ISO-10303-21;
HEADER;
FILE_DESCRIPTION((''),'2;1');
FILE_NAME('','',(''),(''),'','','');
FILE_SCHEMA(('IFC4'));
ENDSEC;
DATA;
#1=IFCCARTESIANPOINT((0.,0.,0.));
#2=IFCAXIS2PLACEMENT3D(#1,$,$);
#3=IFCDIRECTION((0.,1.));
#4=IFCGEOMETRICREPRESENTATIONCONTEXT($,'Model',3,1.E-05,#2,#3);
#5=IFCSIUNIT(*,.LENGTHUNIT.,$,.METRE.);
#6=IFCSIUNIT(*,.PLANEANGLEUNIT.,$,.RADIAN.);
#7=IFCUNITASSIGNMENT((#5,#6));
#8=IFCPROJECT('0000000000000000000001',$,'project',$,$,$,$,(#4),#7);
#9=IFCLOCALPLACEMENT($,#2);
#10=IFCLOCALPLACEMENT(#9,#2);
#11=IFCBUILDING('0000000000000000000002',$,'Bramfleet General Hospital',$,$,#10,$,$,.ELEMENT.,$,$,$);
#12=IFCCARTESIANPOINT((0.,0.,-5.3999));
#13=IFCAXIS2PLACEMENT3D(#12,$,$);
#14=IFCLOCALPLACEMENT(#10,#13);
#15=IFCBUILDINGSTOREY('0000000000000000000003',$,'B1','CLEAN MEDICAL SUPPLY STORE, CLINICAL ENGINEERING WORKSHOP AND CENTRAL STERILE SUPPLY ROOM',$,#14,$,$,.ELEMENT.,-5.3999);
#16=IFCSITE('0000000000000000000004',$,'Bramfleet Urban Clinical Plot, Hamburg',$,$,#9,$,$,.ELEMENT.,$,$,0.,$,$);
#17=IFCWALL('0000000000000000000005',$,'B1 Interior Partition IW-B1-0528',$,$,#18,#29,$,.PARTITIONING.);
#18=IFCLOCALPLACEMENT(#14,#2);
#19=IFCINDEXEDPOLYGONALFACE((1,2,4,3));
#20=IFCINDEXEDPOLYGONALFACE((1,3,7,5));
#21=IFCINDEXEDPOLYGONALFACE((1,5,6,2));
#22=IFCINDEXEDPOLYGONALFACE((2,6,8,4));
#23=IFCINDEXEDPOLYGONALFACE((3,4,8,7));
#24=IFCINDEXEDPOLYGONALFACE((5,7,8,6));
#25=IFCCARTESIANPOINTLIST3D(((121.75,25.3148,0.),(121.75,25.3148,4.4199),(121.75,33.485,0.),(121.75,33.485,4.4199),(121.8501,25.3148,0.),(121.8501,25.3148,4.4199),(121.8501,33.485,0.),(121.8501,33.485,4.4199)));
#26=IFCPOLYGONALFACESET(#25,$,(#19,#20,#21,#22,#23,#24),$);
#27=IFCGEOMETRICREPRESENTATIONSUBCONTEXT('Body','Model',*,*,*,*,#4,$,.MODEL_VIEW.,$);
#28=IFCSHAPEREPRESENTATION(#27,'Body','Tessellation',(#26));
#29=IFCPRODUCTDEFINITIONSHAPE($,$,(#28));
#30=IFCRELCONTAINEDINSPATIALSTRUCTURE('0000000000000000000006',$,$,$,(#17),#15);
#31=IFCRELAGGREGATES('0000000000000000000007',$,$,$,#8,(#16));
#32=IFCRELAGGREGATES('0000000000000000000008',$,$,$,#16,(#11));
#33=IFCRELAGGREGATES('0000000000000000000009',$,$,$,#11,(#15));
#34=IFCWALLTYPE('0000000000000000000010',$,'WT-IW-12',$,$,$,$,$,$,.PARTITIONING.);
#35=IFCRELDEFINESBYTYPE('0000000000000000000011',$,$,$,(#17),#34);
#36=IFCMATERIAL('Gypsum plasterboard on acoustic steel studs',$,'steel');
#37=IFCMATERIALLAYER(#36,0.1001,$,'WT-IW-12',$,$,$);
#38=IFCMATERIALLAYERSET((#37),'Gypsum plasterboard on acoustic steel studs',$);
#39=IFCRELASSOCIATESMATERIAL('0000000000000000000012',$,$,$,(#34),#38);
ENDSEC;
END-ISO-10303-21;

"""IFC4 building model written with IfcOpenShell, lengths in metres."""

from ifc_helpers import new_model, si_unit, direction, frame, frame_2d, origin, place, context, subcontext, project, spatial, rectangle, extrude, material, layer, layer_set, type_object, element, save


model = new_model("IFC4")

# Units and contexts
model_context = context("Model", 3, precision=1e-05, world=origin(), true_north=direction((0.0, 1.0)))
body_context = subcontext(model_context, "Body", "Model", "MODEL_VIEW")
ifc_project = project(units=[si_unit("LENGTHUNIT", "METRE"), si_unit("PLANEANGLEUNIT", "RADIAN")], contexts=[model_context])

# Site, building, storey
site_placement = place(None, origin())
site = spatial("IfcSite", under=ifc_project, at=site_placement, Name="Bramfleet Urban Clinical Plot, Hamburg", CompositionType="ELEMENT", RefElevation=0.0)
building_placement = place(site_placement, origin())
building = spatial("IfcBuilding", under=site, at=building_placement, Name="Bramfleet General Hospital", CompositionType="ELEMENT")
storey_placement = place(building_placement, frame((0.0, 0.0, -5.3999)))
storey = spatial("IfcBuildingStorey", under=building, at=storey_placement, Name="B1", Description="CLEAN MEDICAL SUPPLY STORE, CLINICAL ENGINEERING WORKSHOP AND CENTRAL STERILE SUPPLY ROOM", CompositionType="ELEMENT", Elevation=-5.3999)

# Wall
ifc_material_1 = material(Name="Gypsum plasterboard on acoustic steel studs", Category="steel")
ifc_layer_1 = layer(ifc_material_1, 0.1001, Name="WT-IW-12")
ifc_layer_set_1 = layer_set([ifc_layer_1], Name="Gypsum plasterboard on acoustic steel studs")
wall_type_1 = type_object("IfcWallType", Name="WT-IW-12", PredefinedType="PARTITIONING", material=ifc_layer_set_1)
wall_1_placement = place(storey_placement, frame((121.8, 25.3149, 0.0), z_axis=(0.0, 0.0, 1.0), x_axis=(0.0, 1.0, 0.0)))
element("IfcWall", 1, at=wall_1_placement, inside=storey, type_object=wall_type_1, Name="B1 Interior Partition IW-B1-0528", PredefinedType="PARTITIONING", context=body_context, shape_type="SweptSolid", body=[
    extrude(rectangle(XDim=8.1702, YDim=0.1001, at=frame_2d((4.085, 0.0))), origin(), (0.0, 0.0, 1.0), 4.4199),
])

save(model, "model.ifc")
